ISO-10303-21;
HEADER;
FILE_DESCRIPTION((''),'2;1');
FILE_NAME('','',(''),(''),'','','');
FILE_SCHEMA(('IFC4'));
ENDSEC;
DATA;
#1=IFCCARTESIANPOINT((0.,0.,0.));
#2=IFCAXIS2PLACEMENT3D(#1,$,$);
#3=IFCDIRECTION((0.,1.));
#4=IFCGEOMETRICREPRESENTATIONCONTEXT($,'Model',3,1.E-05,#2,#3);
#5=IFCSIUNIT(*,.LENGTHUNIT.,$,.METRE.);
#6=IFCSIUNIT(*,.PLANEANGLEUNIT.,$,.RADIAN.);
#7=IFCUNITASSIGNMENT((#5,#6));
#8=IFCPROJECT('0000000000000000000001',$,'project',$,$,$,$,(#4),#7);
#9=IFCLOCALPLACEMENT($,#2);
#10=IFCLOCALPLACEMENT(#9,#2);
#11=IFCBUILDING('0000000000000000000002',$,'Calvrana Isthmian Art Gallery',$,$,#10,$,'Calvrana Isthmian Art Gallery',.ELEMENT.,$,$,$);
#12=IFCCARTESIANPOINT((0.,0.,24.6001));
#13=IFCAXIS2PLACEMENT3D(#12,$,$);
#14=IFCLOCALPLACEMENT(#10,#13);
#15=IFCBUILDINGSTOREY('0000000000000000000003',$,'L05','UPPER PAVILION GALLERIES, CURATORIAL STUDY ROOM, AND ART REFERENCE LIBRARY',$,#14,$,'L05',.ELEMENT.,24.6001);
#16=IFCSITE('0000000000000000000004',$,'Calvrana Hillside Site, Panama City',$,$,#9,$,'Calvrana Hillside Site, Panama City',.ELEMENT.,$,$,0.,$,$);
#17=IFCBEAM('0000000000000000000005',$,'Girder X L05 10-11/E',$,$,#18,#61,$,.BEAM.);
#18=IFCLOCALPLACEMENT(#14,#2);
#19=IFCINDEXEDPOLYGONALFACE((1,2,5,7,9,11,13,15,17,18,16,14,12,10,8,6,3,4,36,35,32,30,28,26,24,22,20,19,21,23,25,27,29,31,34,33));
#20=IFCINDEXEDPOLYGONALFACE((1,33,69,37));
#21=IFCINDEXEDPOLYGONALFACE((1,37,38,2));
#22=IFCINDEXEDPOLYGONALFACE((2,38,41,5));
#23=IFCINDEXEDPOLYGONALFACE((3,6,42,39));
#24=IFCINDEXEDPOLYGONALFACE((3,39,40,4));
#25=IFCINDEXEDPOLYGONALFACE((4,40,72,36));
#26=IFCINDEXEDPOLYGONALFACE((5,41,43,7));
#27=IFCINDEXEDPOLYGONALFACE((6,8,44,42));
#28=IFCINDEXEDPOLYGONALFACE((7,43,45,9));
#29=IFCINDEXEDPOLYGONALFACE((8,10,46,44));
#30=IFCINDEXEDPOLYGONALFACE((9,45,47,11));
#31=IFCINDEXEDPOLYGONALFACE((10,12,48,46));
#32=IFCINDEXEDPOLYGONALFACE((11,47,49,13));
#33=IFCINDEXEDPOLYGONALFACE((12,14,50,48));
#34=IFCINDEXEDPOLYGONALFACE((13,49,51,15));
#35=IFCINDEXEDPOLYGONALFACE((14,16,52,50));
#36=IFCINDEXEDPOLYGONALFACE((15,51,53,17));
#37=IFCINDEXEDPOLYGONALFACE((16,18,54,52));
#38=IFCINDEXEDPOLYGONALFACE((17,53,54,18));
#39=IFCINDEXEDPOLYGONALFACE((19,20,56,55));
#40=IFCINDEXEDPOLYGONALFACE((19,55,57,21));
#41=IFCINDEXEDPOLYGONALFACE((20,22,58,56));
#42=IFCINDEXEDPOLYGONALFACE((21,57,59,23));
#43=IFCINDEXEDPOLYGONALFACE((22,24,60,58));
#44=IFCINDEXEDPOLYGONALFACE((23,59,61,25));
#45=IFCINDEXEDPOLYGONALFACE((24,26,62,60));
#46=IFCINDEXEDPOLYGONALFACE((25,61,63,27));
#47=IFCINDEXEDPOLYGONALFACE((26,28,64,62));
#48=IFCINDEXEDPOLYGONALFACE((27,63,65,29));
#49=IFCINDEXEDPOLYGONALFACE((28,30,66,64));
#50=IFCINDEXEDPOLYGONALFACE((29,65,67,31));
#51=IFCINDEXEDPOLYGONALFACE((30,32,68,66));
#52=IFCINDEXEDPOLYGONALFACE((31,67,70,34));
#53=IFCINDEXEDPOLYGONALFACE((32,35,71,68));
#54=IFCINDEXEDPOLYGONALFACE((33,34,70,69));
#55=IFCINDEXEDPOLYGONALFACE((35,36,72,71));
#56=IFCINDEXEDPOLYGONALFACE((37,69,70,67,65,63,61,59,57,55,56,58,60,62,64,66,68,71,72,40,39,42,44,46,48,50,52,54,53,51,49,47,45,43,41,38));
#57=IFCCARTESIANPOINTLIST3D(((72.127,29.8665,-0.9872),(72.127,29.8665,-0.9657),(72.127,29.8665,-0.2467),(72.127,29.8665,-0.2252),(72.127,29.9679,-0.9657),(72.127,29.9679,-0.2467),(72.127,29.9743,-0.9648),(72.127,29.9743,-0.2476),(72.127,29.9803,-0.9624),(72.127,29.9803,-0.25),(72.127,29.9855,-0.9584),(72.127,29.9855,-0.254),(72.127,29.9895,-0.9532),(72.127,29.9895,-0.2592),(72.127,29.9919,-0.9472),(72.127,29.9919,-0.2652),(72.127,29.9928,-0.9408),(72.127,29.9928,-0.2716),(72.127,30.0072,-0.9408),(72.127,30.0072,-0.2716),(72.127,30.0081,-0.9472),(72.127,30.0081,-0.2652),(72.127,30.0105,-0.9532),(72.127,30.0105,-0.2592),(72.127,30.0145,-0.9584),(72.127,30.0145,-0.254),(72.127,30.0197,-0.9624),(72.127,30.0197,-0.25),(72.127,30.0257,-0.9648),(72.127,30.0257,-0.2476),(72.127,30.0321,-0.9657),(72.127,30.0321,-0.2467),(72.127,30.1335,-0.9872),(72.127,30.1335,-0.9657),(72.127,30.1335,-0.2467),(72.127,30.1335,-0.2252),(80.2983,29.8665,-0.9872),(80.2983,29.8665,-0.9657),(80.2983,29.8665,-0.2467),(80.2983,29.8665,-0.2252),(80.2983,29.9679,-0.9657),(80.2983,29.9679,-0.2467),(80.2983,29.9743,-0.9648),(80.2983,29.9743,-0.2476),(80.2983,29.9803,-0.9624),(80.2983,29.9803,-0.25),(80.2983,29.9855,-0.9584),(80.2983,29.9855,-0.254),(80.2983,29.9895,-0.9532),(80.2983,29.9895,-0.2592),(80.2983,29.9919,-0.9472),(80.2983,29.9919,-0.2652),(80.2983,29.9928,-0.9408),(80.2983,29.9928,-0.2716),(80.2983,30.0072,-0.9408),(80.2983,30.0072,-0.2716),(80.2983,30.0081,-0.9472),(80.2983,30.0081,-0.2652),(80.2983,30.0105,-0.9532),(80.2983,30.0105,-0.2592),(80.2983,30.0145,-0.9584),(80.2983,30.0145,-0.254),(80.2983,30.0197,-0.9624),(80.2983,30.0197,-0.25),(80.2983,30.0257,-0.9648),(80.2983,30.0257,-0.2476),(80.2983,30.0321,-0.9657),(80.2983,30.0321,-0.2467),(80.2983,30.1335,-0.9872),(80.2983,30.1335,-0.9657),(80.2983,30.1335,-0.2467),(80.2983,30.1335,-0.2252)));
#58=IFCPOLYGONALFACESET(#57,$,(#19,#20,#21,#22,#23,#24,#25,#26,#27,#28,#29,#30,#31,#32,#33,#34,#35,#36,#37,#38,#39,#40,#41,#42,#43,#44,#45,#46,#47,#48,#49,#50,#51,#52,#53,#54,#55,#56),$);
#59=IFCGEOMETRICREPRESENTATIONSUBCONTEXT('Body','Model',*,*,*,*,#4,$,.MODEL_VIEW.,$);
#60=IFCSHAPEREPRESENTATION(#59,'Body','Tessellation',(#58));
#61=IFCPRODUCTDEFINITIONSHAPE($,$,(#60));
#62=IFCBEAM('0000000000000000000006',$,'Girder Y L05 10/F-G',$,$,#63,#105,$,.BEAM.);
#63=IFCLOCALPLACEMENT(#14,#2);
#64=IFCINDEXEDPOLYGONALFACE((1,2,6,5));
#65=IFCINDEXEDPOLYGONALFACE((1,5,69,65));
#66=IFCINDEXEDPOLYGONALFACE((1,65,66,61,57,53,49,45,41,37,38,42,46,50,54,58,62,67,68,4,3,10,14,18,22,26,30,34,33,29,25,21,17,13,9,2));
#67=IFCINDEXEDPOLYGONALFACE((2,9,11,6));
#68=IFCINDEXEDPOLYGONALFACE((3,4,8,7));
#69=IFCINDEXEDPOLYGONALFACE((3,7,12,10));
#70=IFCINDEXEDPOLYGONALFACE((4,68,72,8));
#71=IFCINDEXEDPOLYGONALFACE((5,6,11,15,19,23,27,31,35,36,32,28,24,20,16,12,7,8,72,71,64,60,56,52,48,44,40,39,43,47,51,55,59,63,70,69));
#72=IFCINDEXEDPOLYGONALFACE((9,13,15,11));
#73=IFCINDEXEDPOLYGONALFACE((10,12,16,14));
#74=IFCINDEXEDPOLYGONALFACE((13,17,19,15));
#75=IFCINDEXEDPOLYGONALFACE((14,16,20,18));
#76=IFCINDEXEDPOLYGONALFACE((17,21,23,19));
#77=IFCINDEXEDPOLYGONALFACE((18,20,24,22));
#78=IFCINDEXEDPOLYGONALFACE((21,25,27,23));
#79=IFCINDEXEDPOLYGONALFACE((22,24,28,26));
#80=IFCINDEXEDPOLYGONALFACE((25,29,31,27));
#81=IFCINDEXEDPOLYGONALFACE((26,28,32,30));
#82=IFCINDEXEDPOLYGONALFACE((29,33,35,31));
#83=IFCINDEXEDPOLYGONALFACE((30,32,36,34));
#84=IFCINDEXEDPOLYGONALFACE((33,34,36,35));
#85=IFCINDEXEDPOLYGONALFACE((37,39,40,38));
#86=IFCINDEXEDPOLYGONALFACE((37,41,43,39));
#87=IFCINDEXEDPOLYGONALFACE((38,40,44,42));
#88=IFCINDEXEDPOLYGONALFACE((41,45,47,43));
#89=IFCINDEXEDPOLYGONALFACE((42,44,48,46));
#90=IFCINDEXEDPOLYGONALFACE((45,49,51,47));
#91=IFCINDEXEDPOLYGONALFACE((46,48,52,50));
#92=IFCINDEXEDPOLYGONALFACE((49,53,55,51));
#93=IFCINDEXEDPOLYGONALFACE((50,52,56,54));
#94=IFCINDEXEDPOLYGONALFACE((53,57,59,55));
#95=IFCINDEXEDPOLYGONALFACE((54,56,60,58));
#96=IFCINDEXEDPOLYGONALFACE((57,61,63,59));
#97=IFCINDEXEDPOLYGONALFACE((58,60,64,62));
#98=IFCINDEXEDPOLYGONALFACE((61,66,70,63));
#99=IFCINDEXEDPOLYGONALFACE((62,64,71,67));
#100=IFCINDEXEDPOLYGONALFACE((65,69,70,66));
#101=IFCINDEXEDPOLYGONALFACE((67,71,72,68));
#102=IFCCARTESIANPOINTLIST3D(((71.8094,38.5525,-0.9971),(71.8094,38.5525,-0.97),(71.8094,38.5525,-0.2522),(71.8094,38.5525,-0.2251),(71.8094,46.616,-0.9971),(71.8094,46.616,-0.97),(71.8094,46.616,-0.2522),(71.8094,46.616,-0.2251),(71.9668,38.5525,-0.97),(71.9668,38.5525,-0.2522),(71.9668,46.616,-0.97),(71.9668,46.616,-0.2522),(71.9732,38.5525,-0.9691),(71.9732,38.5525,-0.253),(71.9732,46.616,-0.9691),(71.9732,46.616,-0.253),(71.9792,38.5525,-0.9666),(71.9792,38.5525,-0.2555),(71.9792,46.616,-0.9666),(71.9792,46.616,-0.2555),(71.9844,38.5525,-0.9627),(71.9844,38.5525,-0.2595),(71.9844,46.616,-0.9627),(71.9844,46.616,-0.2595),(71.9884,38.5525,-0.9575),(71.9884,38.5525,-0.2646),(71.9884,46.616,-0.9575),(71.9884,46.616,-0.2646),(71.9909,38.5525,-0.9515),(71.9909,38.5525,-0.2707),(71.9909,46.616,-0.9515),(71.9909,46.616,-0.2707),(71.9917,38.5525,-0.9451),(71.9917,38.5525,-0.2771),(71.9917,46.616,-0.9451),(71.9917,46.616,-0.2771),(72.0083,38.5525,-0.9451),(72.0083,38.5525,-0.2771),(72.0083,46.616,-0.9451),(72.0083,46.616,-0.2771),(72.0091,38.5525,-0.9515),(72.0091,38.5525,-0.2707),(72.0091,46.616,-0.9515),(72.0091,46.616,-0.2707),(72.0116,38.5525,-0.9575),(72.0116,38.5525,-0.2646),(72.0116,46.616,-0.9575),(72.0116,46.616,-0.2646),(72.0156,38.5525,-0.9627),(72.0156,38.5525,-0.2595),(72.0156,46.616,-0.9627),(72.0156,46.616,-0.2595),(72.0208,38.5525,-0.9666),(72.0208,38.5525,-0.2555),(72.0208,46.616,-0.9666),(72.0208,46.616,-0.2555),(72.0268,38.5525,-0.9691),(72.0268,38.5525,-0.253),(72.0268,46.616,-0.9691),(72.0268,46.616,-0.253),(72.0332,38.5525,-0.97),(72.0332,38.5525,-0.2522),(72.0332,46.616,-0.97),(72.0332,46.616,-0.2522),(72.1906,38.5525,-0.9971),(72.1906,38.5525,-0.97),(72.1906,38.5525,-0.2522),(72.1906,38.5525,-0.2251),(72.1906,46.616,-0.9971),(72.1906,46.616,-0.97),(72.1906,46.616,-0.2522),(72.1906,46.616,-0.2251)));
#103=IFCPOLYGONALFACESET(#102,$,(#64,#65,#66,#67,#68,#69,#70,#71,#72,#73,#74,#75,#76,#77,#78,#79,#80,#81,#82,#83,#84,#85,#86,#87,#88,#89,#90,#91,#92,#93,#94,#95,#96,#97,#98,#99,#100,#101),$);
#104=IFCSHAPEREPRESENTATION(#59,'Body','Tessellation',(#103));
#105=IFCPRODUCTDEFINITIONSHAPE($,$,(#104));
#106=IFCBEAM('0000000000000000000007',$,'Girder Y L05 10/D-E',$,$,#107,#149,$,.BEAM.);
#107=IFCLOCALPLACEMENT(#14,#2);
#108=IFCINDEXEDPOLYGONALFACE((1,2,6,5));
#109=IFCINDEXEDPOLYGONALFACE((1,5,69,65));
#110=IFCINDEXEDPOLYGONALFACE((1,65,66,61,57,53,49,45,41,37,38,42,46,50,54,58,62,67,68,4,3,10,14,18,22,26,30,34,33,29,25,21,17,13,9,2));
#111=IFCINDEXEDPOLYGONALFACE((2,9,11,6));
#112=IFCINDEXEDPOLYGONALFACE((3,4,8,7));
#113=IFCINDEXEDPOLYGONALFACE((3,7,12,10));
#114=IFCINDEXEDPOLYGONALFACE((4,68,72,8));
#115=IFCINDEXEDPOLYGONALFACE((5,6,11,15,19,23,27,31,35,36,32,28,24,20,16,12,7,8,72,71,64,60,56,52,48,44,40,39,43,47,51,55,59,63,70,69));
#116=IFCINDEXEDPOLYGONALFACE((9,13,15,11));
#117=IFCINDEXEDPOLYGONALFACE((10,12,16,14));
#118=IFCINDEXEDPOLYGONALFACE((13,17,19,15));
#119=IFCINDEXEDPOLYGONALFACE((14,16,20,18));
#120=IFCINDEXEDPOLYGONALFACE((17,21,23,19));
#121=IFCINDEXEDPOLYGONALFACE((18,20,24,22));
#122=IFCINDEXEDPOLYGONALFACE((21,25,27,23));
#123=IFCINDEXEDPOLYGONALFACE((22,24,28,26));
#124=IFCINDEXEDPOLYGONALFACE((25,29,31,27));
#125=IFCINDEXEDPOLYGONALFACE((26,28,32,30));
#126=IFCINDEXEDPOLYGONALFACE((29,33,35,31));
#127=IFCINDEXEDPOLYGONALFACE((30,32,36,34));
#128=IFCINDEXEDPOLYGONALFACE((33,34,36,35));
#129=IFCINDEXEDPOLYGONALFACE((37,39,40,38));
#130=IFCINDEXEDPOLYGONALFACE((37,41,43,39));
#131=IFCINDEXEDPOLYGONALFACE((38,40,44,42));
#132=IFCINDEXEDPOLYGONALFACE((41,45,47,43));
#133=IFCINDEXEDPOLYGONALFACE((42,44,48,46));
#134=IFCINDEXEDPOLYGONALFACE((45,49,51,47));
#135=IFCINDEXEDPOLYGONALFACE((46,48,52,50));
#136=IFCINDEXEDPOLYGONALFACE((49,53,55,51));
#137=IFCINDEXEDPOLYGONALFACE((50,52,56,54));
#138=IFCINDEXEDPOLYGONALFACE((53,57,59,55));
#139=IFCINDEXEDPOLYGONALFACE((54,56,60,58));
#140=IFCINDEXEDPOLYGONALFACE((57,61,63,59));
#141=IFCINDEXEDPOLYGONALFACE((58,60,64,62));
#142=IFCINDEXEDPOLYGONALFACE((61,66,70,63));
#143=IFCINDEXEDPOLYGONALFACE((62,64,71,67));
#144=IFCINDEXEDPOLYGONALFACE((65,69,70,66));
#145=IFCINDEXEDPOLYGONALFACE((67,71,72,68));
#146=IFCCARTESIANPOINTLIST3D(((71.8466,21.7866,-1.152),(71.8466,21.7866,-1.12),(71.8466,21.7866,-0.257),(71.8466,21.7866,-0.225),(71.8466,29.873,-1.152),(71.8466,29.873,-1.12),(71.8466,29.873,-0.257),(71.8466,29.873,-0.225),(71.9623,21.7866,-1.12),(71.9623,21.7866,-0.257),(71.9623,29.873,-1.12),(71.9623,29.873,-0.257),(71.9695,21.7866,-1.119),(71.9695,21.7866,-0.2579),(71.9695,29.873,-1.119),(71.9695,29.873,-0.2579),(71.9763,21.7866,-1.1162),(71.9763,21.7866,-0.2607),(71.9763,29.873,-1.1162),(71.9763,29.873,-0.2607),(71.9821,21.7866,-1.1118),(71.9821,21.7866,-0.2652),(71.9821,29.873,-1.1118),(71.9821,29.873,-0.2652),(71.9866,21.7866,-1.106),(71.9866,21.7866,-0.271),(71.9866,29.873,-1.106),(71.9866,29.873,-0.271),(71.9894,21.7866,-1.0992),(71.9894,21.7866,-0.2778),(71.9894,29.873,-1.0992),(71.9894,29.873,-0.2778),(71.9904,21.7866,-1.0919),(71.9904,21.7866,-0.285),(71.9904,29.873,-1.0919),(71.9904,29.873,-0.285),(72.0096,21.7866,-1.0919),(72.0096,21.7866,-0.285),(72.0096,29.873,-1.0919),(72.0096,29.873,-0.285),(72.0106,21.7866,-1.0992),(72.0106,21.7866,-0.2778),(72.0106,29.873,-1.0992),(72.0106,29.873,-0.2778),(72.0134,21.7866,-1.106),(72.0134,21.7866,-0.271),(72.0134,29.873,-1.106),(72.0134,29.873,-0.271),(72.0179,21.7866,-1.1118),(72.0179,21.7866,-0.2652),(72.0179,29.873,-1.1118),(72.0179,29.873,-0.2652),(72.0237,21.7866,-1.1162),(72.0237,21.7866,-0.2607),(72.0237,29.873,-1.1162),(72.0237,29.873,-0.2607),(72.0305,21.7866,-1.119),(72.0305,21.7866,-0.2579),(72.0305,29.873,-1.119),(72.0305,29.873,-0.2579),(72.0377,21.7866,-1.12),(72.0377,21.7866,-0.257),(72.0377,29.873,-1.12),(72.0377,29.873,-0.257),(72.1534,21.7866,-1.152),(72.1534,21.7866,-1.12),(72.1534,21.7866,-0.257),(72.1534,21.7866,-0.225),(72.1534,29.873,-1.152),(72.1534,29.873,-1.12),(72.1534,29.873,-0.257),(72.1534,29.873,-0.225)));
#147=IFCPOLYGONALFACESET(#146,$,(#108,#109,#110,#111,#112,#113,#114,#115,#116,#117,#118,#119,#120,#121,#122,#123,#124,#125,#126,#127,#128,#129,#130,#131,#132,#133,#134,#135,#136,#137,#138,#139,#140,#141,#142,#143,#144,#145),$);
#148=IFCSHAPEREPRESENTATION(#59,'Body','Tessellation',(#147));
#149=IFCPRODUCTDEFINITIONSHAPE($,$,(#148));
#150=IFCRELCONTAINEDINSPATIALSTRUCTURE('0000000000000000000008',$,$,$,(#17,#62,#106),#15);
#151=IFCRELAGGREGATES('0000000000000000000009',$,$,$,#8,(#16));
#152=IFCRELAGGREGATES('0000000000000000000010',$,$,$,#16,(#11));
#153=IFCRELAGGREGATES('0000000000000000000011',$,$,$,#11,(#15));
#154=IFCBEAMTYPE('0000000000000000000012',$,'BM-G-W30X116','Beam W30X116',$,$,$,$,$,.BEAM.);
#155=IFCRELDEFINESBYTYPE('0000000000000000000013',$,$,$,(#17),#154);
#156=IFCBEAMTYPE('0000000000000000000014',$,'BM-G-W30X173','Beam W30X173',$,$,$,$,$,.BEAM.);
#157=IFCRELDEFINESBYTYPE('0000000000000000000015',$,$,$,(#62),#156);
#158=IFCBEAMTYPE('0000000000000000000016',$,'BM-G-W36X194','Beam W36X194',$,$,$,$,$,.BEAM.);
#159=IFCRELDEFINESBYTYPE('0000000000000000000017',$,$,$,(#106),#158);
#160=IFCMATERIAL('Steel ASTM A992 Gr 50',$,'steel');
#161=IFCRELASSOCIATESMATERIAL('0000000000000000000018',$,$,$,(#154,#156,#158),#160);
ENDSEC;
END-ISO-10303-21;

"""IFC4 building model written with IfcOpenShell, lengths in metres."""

from ifc_helpers import new_model, si_unit, direction, frame, origin, origin_2d, place, context, subcontext, project, spatial, i_section, extrude, material, material_profile, profile_set, type_object, element, save


model = new_model("IFC4")

# Units and contexts
model_context = context("Model", 3, precision=1e-05, world=origin(), true_north=direction((0.0, 1.0)))
body_context = subcontext(model_context, "Body", "Model", "MODEL_VIEW")
ifc_project = project(units=[si_unit("LENGTHUNIT", "METRE"), si_unit("PLANEANGLEUNIT", "RADIAN")], contexts=[model_context])

# Site, building, storey
site_placement = place(None, origin())
site = spatial("IfcSite", under=ifc_project, at=site_placement, Name="Calvrana Hillside Site, Panama City", LongName="Calvrana Hillside Site, Panama City", CompositionType="ELEMENT", RefElevation=0.0)
building_placement = place(site_placement, origin())
building = spatial("IfcBuilding", under=site, at=building_placement, Name="Calvrana Isthmian Art Gallery", LongName="Calvrana Isthmian Art Gallery", CompositionType="ELEMENT")
storey_placement = place(building_placement, frame((0.0, 0.0, 24.6001)))
storey = spatial("IfcBuildingStorey", under=building, at=storey_placement, Name="L05", Description="UPPER PAVILION GALLERIES, CURATORIAL STUDY ROOM, AND ART REFERENCE LIBRARY", LongName="L05", CompositionType="ELEMENT", Elevation=24.6001)

# Beams
ifc_material_1 = material(Name="Steel ASTM A992 Gr 50", Category="steel")
ifc_material_profile_1 = material_profile(ifc_material_1, i_section(OverallWidth=0.2671, OverallDepth=0.762, WebThickness=0.0144, FlangeThickness=0.0215, FilletRadius=0.0249, at=origin_2d()), Name="W30X116")
ifc_profile_set_1 = profile_set([ifc_material_profile_1], Name="Steel ASTM A992 Gr 50")
beam_type_1 = type_object("IfcBeamType", Name="BM-G-W30X116", Description="Beam W30X116", PredefinedType="BEAM", material=ifc_profile_set_1)
beam_1_placement = place(storey_placement, frame((72.127, 30.0, -0.6062), z_axis=(1.0, 0.0, 0.0), x_axis=(0.0, 1.0, 0.0)))
element("IfcBeam", 1, at=beam_1_placement, inside=storey, type_object=beam_type_1, Name="Girder X L05 10-11/E", PredefinedType="BEAM", context=body_context, shape_type="SweptSolid", body=[
    extrude(i_section(OverallWidth=0.2671, OverallDepth=0.762, WebThickness=0.0144, FlangeThickness=0.0215, FilletRadius=0.0249, at=origin_2d()), origin(), (0.0, 0.0, 1.0), 8.1714),
])
ifc_material_profile_2 = material_profile(ifc_material_1, i_section(OverallWidth=0.3811, OverallDepth=0.772, WebThickness=0.0166, FlangeThickness=0.0271, FilletRadius=0.0249, at=origin_2d()), Name="W30X173")
ifc_profile_set_2 = profile_set([ifc_material_profile_2], Name="Steel ASTM A992 Gr 50")
beam_type_2 = type_object("IfcBeamType", Name="BM-G-W30X173", Description="Beam W30X173", PredefinedType="BEAM", material=ifc_profile_set_2)
beam_2_placement = place(storey_placement, frame((72.0, 38.5525, -0.6111), z_axis=(0.0, 1.0, 0.0), x_axis=(-1.0, 0.0, 0.0)))
element("IfcBeam", 2, at=beam_2_placement, inside=storey, type_object=beam_type_2, Name="Girder Y L05 10/F-G", PredefinedType="BEAM", context=body_context, shape_type="SweptSolid", body=[
    extrude(i_section(OverallWidth=0.3811, OverallDepth=0.772, WebThickness=0.0166, FlangeThickness=0.0271, FilletRadius=0.0249, at=origin_2d()), origin(), (0.0, 0.0, 1.0), 8.0635),
])
ifc_material_profile_3 = material_profile(ifc_material_1, i_section(OverallWidth=0.3069, OverallDepth=0.927, WebThickness=0.0193, FlangeThickness=0.032, FilletRadius=0.0281, at=origin_2d()), Name="W36X194")
ifc_profile_set_3 = profile_set([ifc_material_profile_3], Name="Steel ASTM A992 Gr 50")
beam_type_3 = type_object("IfcBeamType", Name="BM-G-W36X194", Description="Beam W36X194", PredefinedType="BEAM", material=ifc_profile_set_3)
beam_3_placement = place(storey_placement, frame((72.0, 21.7866, -0.6885), z_axis=(0.0, 1.0, 0.0), x_axis=(-1.0, 0.0, 0.0)))
element("IfcBeam", 3, at=beam_3_placement, inside=storey, type_object=beam_type_3, Name="Girder Y L05 10/D-E", PredefinedType="BEAM", context=body_context, shape_type="SweptSolid", body=[
    extrude(i_section(OverallWidth=0.3069, OverallDepth=0.927, WebThickness=0.0193, FlangeThickness=0.032, FilletRadius=0.0281, at=origin_2d()), origin(), (0.0, 0.0, 1.0), 8.0864),
])

save(model, "model.ifc")
